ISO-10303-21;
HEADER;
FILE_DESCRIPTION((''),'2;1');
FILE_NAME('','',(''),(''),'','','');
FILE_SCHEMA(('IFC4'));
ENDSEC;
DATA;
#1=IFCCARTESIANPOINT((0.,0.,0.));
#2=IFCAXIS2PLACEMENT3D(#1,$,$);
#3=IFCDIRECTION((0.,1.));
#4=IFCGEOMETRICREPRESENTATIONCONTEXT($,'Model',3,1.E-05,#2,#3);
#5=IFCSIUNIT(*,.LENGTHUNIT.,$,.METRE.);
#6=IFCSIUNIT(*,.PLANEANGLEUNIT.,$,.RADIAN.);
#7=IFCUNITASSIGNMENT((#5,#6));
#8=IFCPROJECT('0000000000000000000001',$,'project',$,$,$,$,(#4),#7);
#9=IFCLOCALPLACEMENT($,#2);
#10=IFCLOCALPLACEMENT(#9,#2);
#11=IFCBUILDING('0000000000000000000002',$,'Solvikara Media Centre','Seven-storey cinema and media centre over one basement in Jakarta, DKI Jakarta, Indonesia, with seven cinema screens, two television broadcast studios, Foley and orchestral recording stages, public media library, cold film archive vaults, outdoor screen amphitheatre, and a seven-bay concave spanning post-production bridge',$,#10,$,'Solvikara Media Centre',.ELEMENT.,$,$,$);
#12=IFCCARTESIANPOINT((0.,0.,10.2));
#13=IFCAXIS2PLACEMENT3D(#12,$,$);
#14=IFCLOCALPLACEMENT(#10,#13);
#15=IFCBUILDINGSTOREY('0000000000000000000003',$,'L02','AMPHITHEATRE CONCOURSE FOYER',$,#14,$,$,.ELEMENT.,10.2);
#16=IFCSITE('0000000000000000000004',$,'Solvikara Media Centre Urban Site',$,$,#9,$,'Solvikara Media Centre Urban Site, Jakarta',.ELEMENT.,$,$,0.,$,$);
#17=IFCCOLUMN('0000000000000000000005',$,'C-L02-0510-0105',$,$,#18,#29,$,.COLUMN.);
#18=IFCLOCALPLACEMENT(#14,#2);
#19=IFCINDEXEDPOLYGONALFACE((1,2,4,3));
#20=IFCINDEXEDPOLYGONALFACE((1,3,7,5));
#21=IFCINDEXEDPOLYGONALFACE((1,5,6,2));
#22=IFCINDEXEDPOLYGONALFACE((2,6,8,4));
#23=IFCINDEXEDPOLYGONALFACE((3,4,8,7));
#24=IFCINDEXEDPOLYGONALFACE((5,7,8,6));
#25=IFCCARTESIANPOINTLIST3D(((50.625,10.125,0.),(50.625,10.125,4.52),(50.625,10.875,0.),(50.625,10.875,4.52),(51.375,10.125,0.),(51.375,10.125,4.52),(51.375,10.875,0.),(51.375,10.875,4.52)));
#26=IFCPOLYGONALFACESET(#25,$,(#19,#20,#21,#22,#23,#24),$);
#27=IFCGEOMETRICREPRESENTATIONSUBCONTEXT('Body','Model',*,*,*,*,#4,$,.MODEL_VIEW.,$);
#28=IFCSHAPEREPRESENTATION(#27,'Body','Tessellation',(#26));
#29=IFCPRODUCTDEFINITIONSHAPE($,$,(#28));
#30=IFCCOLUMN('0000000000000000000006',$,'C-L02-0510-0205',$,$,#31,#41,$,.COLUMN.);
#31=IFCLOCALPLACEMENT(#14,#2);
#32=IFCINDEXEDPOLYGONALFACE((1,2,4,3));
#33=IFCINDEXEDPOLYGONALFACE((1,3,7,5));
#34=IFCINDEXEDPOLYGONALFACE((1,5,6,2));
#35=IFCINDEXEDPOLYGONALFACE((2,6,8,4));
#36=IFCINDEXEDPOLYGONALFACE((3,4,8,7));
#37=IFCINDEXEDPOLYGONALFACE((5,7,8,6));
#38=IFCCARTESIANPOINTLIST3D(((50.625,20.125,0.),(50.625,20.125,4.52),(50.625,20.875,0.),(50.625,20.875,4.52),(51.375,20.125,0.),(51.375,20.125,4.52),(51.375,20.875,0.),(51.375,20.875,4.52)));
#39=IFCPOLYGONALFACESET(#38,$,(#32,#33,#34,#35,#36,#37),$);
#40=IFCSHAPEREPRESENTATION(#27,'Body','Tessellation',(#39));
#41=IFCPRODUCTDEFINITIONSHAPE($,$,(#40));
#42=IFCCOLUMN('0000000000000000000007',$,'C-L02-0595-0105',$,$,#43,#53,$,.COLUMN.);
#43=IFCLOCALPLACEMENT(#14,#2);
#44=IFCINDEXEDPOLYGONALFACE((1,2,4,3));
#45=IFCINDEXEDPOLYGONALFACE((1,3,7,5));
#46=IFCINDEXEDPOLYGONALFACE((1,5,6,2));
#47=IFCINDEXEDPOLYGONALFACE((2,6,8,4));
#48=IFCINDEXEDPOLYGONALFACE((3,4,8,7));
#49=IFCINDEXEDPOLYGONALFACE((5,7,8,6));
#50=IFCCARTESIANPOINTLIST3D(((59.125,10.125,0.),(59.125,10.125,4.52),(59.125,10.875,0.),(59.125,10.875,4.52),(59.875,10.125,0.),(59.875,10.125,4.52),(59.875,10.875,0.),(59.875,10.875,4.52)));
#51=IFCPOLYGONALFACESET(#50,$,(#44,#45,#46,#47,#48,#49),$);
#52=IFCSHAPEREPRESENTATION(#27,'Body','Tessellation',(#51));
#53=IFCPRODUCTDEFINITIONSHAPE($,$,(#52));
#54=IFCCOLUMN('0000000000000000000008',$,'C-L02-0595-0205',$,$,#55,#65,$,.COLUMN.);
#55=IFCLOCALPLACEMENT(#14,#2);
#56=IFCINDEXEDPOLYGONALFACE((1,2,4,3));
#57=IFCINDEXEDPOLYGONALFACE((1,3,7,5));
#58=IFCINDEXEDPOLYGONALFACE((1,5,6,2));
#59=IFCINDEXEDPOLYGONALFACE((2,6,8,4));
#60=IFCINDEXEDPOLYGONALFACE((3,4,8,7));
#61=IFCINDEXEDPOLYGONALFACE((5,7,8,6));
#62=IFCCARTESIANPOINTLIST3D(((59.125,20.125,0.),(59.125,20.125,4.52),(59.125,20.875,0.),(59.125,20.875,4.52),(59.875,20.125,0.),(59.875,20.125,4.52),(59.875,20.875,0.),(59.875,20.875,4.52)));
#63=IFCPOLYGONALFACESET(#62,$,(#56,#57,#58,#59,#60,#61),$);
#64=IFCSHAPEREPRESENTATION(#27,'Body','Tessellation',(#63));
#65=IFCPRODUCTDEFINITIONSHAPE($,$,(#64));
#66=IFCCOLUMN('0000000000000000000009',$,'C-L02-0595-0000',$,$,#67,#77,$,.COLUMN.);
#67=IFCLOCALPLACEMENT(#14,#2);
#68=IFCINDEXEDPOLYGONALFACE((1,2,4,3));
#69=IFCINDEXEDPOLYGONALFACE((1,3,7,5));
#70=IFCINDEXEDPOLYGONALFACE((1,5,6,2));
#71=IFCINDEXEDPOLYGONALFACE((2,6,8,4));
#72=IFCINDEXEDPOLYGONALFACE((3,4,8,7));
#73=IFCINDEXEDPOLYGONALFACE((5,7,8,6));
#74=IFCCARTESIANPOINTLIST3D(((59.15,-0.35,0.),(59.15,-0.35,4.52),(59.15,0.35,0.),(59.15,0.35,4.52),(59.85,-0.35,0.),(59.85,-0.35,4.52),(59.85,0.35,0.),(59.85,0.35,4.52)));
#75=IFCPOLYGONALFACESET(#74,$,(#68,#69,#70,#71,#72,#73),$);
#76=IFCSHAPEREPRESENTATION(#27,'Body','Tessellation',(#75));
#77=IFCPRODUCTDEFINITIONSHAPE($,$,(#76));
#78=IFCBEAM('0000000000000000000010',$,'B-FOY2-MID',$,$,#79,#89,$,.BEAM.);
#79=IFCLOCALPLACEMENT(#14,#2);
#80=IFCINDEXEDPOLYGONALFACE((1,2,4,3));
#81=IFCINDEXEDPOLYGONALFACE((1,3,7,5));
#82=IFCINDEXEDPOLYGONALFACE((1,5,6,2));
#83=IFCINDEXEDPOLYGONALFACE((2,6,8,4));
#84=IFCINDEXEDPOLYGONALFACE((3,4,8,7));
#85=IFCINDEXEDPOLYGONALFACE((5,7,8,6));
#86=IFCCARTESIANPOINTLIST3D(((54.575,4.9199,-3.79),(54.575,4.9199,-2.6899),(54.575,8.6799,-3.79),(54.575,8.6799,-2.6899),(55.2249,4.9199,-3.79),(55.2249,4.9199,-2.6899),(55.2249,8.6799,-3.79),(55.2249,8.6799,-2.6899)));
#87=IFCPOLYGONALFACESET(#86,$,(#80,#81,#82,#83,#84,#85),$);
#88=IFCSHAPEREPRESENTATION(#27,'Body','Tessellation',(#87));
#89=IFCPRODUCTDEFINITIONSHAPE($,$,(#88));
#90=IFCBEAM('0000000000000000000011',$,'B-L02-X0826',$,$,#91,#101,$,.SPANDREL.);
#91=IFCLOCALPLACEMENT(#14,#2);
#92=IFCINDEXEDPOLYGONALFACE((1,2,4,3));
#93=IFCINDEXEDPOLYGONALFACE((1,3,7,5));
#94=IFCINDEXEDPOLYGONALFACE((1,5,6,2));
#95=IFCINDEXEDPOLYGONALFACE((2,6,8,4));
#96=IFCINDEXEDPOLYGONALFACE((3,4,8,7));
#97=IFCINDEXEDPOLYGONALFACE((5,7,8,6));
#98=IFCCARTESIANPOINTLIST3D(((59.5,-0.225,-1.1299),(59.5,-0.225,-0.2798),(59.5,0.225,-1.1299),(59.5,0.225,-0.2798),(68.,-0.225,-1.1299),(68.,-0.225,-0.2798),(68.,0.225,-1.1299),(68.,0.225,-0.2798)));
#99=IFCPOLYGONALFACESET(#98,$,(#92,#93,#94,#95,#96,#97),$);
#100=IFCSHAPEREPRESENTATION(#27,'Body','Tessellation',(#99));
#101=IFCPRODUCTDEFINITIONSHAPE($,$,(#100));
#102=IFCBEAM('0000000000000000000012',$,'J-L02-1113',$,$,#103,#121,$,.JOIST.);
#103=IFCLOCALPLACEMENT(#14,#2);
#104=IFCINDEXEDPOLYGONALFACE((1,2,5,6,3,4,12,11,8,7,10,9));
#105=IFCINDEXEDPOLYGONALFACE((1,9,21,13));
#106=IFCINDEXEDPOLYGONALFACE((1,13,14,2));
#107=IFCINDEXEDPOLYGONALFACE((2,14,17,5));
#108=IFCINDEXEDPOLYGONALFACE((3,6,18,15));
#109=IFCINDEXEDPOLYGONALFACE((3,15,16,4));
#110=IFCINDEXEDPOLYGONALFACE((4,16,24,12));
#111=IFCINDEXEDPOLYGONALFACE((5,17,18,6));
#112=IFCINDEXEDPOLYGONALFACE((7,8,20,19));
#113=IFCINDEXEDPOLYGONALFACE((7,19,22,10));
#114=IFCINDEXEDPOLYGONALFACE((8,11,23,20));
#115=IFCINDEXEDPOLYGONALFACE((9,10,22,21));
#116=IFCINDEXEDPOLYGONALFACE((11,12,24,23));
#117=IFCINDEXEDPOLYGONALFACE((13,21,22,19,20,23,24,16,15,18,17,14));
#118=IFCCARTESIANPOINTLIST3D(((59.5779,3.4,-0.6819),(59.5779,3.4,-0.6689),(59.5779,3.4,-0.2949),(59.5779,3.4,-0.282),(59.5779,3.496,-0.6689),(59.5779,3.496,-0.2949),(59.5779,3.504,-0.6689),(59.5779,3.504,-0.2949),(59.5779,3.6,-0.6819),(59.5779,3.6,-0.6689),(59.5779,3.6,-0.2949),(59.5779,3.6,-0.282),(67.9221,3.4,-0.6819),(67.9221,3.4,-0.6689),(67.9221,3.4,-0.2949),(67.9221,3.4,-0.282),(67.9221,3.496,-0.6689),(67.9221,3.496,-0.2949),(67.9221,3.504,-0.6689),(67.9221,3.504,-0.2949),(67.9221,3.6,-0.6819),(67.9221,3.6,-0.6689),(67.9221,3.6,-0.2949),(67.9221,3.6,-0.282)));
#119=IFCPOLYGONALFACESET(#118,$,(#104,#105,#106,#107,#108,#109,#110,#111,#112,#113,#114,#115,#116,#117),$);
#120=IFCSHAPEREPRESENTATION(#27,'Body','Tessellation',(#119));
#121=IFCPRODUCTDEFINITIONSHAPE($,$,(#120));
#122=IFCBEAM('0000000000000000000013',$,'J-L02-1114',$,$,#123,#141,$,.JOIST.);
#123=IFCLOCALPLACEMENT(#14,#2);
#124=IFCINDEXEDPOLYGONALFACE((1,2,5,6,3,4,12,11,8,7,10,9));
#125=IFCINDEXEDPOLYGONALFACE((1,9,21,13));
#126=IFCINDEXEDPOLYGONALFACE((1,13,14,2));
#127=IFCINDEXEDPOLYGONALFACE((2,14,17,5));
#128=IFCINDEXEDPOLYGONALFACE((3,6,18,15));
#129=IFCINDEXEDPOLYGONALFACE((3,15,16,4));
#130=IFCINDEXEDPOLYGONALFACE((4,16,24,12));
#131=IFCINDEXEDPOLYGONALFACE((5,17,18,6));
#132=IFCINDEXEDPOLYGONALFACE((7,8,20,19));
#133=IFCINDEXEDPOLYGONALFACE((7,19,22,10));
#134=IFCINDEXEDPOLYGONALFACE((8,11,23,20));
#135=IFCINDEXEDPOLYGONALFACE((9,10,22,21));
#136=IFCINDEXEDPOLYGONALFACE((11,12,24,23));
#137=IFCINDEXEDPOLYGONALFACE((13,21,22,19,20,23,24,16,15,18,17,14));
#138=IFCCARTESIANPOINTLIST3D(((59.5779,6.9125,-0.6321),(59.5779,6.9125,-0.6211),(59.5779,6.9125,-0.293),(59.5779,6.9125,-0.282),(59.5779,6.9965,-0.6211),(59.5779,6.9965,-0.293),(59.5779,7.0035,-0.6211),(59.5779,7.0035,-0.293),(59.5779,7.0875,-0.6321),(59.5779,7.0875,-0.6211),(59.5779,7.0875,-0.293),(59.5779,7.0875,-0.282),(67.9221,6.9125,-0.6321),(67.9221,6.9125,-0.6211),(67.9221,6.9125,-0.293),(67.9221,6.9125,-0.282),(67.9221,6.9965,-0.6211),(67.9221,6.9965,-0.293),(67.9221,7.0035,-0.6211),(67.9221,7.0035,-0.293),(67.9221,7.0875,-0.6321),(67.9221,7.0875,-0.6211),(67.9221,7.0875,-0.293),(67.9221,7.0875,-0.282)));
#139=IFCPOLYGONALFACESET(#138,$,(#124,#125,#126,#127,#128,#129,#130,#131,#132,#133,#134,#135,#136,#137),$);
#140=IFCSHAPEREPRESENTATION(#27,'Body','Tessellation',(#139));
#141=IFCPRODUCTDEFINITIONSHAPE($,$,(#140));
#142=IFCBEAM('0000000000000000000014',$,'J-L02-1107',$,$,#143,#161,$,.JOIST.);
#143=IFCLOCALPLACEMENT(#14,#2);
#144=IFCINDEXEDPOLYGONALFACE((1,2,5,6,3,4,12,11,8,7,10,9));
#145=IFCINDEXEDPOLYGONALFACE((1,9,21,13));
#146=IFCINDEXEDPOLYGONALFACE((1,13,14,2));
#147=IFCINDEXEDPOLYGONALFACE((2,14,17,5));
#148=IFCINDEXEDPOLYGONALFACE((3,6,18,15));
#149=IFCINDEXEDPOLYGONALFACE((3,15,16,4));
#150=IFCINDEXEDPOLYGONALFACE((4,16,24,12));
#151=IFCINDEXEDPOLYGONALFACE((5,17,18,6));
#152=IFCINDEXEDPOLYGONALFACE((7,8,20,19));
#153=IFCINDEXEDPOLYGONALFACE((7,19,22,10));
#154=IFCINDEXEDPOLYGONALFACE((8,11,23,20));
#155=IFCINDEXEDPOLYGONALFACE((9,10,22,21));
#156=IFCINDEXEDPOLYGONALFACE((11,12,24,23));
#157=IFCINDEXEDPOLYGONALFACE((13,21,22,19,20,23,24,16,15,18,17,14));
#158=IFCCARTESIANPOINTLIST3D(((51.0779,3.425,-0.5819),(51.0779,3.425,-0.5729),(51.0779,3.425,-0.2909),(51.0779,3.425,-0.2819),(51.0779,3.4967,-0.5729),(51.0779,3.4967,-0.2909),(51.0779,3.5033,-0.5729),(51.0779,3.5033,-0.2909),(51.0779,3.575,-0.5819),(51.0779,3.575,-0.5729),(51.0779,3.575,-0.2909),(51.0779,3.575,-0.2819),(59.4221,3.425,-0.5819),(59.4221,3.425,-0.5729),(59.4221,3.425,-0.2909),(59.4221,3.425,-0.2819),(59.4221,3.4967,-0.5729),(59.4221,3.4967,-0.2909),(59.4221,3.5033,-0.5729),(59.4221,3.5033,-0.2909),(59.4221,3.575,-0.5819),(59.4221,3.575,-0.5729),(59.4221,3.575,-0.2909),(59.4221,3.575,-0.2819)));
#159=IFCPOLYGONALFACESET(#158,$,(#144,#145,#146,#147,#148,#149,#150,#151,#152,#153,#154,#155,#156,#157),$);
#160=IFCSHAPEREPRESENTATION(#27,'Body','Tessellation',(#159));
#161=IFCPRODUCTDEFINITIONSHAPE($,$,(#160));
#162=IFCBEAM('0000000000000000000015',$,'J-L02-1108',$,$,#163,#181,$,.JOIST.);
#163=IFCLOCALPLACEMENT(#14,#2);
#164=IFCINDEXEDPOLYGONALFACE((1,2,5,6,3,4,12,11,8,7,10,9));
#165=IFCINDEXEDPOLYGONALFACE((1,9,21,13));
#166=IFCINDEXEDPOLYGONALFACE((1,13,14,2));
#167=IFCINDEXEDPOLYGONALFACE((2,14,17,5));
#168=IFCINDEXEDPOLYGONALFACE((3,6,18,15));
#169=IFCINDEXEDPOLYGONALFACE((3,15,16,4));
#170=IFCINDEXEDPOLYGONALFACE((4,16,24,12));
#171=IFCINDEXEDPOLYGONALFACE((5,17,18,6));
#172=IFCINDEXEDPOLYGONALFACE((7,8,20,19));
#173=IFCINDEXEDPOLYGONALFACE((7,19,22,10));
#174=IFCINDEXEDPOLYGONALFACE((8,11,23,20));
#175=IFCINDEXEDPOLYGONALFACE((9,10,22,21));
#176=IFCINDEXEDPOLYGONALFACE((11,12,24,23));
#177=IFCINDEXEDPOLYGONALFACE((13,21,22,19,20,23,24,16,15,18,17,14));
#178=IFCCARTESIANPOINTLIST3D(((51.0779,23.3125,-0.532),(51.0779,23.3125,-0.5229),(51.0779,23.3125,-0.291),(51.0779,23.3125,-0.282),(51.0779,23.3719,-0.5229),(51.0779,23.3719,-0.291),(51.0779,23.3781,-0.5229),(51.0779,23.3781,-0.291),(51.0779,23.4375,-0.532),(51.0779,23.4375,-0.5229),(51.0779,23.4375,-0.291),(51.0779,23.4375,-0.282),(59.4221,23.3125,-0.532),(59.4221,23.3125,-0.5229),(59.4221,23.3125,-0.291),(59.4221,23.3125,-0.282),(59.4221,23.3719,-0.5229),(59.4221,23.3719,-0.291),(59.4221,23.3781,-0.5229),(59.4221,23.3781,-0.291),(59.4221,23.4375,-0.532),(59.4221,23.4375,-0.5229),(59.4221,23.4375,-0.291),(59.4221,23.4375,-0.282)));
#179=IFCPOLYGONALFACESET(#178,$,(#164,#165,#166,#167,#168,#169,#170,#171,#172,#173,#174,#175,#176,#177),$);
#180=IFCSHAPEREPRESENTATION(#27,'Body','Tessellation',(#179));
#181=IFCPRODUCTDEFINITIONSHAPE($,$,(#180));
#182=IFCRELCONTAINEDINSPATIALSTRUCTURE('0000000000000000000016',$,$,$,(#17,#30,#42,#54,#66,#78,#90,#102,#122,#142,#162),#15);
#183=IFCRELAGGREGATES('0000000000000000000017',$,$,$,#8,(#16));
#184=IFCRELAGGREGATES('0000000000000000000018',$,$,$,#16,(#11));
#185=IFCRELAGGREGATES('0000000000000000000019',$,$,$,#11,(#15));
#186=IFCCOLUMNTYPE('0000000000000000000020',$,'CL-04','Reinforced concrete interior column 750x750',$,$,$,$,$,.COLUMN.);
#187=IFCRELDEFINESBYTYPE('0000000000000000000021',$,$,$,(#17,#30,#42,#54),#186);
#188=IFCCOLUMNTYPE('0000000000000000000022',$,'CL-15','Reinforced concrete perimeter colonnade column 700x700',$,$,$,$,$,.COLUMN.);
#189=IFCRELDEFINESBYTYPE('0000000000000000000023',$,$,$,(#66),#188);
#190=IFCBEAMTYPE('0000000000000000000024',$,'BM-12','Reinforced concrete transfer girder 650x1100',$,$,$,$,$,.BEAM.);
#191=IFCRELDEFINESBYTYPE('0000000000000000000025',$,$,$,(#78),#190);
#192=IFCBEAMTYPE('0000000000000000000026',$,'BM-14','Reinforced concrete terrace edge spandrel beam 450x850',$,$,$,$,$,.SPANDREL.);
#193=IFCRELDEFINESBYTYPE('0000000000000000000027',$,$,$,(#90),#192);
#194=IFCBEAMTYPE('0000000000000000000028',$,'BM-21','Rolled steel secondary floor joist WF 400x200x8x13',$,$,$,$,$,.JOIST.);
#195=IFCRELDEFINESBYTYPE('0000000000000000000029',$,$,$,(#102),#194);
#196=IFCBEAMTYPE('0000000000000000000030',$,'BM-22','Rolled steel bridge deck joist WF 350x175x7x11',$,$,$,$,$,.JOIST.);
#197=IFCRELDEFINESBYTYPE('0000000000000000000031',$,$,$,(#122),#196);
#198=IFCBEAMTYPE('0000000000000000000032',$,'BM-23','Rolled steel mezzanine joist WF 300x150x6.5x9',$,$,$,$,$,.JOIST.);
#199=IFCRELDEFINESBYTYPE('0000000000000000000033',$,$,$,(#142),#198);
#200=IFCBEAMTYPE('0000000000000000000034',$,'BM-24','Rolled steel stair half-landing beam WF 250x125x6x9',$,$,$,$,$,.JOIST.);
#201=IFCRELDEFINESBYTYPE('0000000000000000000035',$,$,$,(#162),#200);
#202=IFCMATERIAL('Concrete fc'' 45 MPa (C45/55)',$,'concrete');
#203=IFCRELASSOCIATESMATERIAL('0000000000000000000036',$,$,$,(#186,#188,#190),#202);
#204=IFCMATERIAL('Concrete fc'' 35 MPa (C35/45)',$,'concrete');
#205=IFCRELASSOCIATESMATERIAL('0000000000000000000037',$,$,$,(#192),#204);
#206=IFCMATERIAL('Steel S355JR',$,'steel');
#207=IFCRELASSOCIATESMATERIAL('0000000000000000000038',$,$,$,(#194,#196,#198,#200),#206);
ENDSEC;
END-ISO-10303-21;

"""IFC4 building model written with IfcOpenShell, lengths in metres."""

from ifc_helpers import new_model, si_unit, direction, frame, origin, origin_2d, place, context, subcontext, project, spatial, rectangle, i_section, extrude, material, material_profile, profile_set, type_object, element, save


model = new_model("IFC4")

# Units and contexts
model_context = context("Model", 3, precision=1e-05, world=origin(), true_north=direction((0.0, 1.0)))
body_context = subcontext(model_context, "Body", "Model", "MODEL_VIEW")
ifc_project = project(units=[si_unit("LENGTHUNIT", "METRE"), si_unit("PLANEANGLEUNIT", "RADIAN")], contexts=[model_context])

# Site, building, storey
site_placement = place(None, origin())
site = spatial("IfcSite", under=ifc_project, at=site_placement, Name="Solvikara Media Centre Urban Site", LongName="Solvikara Media Centre Urban Site, Jakarta", CompositionType="ELEMENT", RefElevation=0.0)
building_placement = place(site_placement, origin())
building = spatial("IfcBuilding", under=site, at=building_placement, Name="Solvikara Media Centre", Description="Seven-storey cinema and media centre over one basement in Jakarta, DKI Jakarta, Indonesia, with seven cinema screens, two television broadcast studios, Foley and orchestral recording stages, public media library, cold film archive vaults, outdoor screen amphitheatre, and a seven-bay concave spanning post-production bridge", LongName="Solvikara Media Centre", CompositionType="ELEMENT")
storey_placement = place(building_placement, frame((0.0, 0.0, 10.2)))
storey = spatial("IfcBuildingStorey", under=building, at=storey_placement, Name="L02", Description="AMPHITHEATRE CONCOURSE FOYER", CompositionType="ELEMENT", Elevation=10.2)

# Columns
ifc_material_1 = material(Name="Concrete fc' 45 MPa (C45/55)", Category="concrete")
ifc_material_profile_1 = material_profile(ifc_material_1, rectangle(XDim=0.75, YDim=0.75, at=origin_2d()), Name="RC 750x750")
ifc_profile_set_1 = profile_set([ifc_material_profile_1], Name="Concrete fc' 45 MPa (C45/55)")
column_type_1 = type_object("IfcColumnType", Name="CL-04", Description="Reinforced concrete interior column 750x750", PredefinedType="COLUMN", material=ifc_profile_set_1)
for number, where, z_axis, x_axis, name in (
    (1, (51.0, 10.5, 0.0), (0.0, 0.0, 1.0), (1.0, 0.0, 0.0), "C-L02-0510-0105"),
    (2, (51.0, 20.5, 0.0), (0.0, 0.0, 1.0), (1.0, 0.0, 0.0), "C-L02-0510-0205"),
    (3, (59.5, 10.5, 0.0), (0.0, 0.0, 1.0), (1.0, 0.0, 0.0), "C-L02-0595-0105"),
    (4, (59.5, 20.5, 0.0), (0.0, 0.0, 1.0), (1.0, 0.0, 0.0), "C-L02-0595-0205"),
):
    element("IfcColumn", number, at=place(storey_placement, frame(where, z_axis=z_axis, x_axis=x_axis)), inside=storey, type_object=column_type_1, Name=name, PredefinedType="COLUMN", context=body_context, shape_type="SweptSolid", body=[
        extrude(rectangle(XDim=0.75, YDim=0.75, at=origin_2d()), origin(), (0.0, 0.0, 1.0), 4.52),
    ])
ifc_material_profile_2 = material_profile(ifc_material_1, rectangle(XDim=0.7, YDim=0.7, at=origin_2d()), Name="RC 700x700")
ifc_profile_set_2 = profile_set([ifc_material_profile_2], Name="Concrete fc' 45 MPa (C45/55)")
column_type_2 = type_object("IfcColumnType", Name="CL-15", Description="Reinforced concrete perimeter colonnade column 700x700", PredefinedType="COLUMN", material=ifc_profile_set_2)
column_placement = place(storey_placement, frame((59.5, 0.0, 0.0), z_axis=(0.0, 0.0, 1.0), x_axis=(1.0, 0.0, 0.0)))
element("IfcColumn", 5, at=column_placement, inside=storey, type_object=column_type_2, Name="C-L02-0595-0000", PredefinedType="COLUMN", context=body_context, shape_type="SweptSolid", body=[
    extrude(rectangle(XDim=0.7, YDim=0.7, at=origin_2d()), origin(), (0.0, 0.0, 1.0), 4.52),
])

# Beams
ifc_material_profile_3 = material_profile(ifc_material_1, rectangle(XDim=0.6499, YDim=1.1001, at=origin_2d()), Name="RC 650x1100")
ifc_profile_set_3 = profile_set([ifc_material_profile_3], Name="Concrete fc' 45 MPa (C45/55)")
beam_type_1 = type_object("IfcBeamType", Name="BM-12", Description="Reinforced concrete transfer girder 650x1100", PredefinedType="BEAM", material=ifc_profile_set_3)
beam_1_placement = place(storey_placement, frame((54.8999, 4.9199, -3.24), z_axis=(0.0, 1.0, 0.0), x_axis=(-1.0, 0.0, 0.0)))
element("IfcBeam", 6, at=beam_1_placement, inside=storey, type_object=beam_type_1, Name="B-FOY2-MID", PredefinedType="BEAM", context=body_context, shape_type="SweptSolid", body=[
    extrude(rectangle(XDim=0.6499, YDim=1.1001, at=origin_2d()), origin(), (0.0, 0.0, 1.0), 3.76),
])
ifc_material_2 = material(Name="Concrete fc' 35 MPa (C35/45)", Category="concrete")
ifc_material_profile_4 = material_profile(ifc_material_2, rectangle(XDim=0.45, YDim=0.8501, at=origin_2d()), Name="RC 450x850")
ifc_profile_set_4 = profile_set([ifc_material_profile_4], Name="Concrete fc' 35 MPa (C35/45)")
beam_type_2 = type_object("IfcBeamType", Name="BM-14", Description="Reinforced concrete terrace edge spandrel beam 450x850", PredefinedType="SPANDREL", material=ifc_profile_set_4)
beam_2_placement = place(storey_placement, frame((59.5, 0.0, -0.7048), z_axis=(1.0, 0.0, 0.0), x_axis=(0.0, 1.0, 0.0)))
element("IfcBeam", 7, at=beam_2_placement, inside=storey, type_object=beam_type_2, Name="B-L02-X0826", PredefinedType="SPANDREL", context=body_context, shape_type="SweptSolid", body=[
    extrude(rectangle(XDim=0.45, YDim=0.8501, at=origin_2d()), origin(), (0.0, 0.0, 1.0), 8.5),
])
ifc_material_3 = material(Name="Steel S355JR", Category="steel")
ifc_material_profile_5 = material_profile(ifc_material_3, i_section(OverallWidth=0.2, OverallDepth=0.3999, WebThickness=0.0081, FlangeThickness=0.0129, at=origin_2d()), Name="WF 400x200x8x13")
ifc_profile_set_5 = profile_set([ifc_material_profile_5], Name="Steel S355JR")
beam_type_3 = type_object("IfcBeamType", Name="BM-21", Description="Rolled steel secondary floor joist WF 400x200x8x13", PredefinedType="JOIST", material=ifc_profile_set_5)
beam_3_placement = place(storey_placement, frame((59.5779, 3.5, -0.4819), z_axis=(1.0, 0.0, 0.0), x_axis=(0.0, 1.0, 0.0)))
element("IfcBeam", 8, at=beam_3_placement, inside=storey, type_object=beam_type_3, Name="J-L02-1113", PredefinedType="JOIST", context=body_context, shape_type="SweptSolid", body=[
    extrude(i_section(OverallWidth=0.2, OverallDepth=0.3999, WebThickness=0.0081, FlangeThickness=0.0129, at=origin_2d()), origin(), (0.0, 0.0, 1.0), 8.3442),
])
ifc_material_profile_6 = material_profile(ifc_material_3, i_section(OverallWidth=0.175, OverallDepth=0.3501, WebThickness=0.0071, FlangeThickness=0.011, at=origin_2d()), Name="WF 350x175x7x11")
ifc_profile_set_6 = profile_set([ifc_material_profile_6], Name="Steel S355JR")
beam_type_4 = type_object("IfcBeamType", Name="BM-22", Description="Rolled steel bridge deck joist WF 350x175x7x11", PredefinedType="JOIST", material=ifc_profile_set_6)
beam_4_placement = place(storey_placement, frame((59.5779, 7.0, -0.457), z_axis=(1.0, 0.0, 0.0), x_axis=(0.0, 1.0, 0.0)))
element("IfcBeam", 9, at=beam_4_placement, inside=storey, type_object=beam_type_4, Name="J-L02-1114", PredefinedType="JOIST", context=body_context, shape_type="SweptSolid", body=[
    extrude(i_section(OverallWidth=0.175, OverallDepth=0.3501, WebThickness=0.0071, FlangeThickness=0.011, at=origin_2d()), origin(), (0.0, 0.0, 1.0), 8.3442),
])
ifc_material_profile_7 = material_profile(ifc_material_3, i_section(OverallWidth=0.1499, OverallDepth=0.3, WebThickness=0.0066, FlangeThickness=0.009, at=origin_2d()), Name="WF 300x150x6.5x9")
ifc_profile_set_7 = profile_set([ifc_material_profile_7], Name="Steel S355JR")
beam_type_5 = type_object("IfcBeamType", Name="BM-23", Description="Rolled steel mezzanine joist WF 300x150x6.5x9", PredefinedType="JOIST", material=ifc_profile_set_7)
beam_5_placement = place(storey_placement, frame((51.0779, 3.5, -0.4319), z_axis=(1.0, 0.0, 0.0), x_axis=(0.0, 1.0, 0.0)))
element("IfcBeam", 10, at=beam_5_placement, inside=storey, type_object=beam_type_5, Name="J-L02-1107", PredefinedType="JOIST", context=body_context, shape_type="SweptSolid", body=[
    extrude(i_section(OverallWidth=0.1499, OverallDepth=0.3, WebThickness=0.0066, FlangeThickness=0.009, at=origin_2d()), origin(), (0.0, 0.0, 1.0), 8.3442),
])
ifc_material_profile_8 = material_profile(ifc_material_3, i_section(OverallWidth=0.125, OverallDepth=0.25, WebThickness=0.0061, FlangeThickness=0.009, at=origin_2d()), Name="WF 250x125x6x9")
ifc_profile_set_8 = profile_set([ifc_material_profile_8], Name="Steel S355JR")
beam_type_6 = type_object("IfcBeamType", Name="BM-24", Description="Rolled steel stair half-landing beam WF 250x125x6x9", PredefinedType="JOIST", material=ifc_profile_set_8)
beam_6_placement = place(storey_placement, frame((51.0779, 23.375, -0.407), z_axis=(1.0, 0.0, 0.0), x_axis=(0.0, 1.0, 0.0)))
element("IfcBeam", 11, at=beam_6_placement, inside=storey, type_object=beam_type_6, Name="J-L02-1108", PredefinedType="JOIST", context=body_context, shape_type="SweptSolid", body=[
    extrude(i_section(OverallWidth=0.125, OverallDepth=0.25, WebThickness=0.0061, FlangeThickness=0.009, at=origin_2d()), origin(), (0.0, 0.0, 1.0), 8.3442),
])

save(model, "model.ifc")
